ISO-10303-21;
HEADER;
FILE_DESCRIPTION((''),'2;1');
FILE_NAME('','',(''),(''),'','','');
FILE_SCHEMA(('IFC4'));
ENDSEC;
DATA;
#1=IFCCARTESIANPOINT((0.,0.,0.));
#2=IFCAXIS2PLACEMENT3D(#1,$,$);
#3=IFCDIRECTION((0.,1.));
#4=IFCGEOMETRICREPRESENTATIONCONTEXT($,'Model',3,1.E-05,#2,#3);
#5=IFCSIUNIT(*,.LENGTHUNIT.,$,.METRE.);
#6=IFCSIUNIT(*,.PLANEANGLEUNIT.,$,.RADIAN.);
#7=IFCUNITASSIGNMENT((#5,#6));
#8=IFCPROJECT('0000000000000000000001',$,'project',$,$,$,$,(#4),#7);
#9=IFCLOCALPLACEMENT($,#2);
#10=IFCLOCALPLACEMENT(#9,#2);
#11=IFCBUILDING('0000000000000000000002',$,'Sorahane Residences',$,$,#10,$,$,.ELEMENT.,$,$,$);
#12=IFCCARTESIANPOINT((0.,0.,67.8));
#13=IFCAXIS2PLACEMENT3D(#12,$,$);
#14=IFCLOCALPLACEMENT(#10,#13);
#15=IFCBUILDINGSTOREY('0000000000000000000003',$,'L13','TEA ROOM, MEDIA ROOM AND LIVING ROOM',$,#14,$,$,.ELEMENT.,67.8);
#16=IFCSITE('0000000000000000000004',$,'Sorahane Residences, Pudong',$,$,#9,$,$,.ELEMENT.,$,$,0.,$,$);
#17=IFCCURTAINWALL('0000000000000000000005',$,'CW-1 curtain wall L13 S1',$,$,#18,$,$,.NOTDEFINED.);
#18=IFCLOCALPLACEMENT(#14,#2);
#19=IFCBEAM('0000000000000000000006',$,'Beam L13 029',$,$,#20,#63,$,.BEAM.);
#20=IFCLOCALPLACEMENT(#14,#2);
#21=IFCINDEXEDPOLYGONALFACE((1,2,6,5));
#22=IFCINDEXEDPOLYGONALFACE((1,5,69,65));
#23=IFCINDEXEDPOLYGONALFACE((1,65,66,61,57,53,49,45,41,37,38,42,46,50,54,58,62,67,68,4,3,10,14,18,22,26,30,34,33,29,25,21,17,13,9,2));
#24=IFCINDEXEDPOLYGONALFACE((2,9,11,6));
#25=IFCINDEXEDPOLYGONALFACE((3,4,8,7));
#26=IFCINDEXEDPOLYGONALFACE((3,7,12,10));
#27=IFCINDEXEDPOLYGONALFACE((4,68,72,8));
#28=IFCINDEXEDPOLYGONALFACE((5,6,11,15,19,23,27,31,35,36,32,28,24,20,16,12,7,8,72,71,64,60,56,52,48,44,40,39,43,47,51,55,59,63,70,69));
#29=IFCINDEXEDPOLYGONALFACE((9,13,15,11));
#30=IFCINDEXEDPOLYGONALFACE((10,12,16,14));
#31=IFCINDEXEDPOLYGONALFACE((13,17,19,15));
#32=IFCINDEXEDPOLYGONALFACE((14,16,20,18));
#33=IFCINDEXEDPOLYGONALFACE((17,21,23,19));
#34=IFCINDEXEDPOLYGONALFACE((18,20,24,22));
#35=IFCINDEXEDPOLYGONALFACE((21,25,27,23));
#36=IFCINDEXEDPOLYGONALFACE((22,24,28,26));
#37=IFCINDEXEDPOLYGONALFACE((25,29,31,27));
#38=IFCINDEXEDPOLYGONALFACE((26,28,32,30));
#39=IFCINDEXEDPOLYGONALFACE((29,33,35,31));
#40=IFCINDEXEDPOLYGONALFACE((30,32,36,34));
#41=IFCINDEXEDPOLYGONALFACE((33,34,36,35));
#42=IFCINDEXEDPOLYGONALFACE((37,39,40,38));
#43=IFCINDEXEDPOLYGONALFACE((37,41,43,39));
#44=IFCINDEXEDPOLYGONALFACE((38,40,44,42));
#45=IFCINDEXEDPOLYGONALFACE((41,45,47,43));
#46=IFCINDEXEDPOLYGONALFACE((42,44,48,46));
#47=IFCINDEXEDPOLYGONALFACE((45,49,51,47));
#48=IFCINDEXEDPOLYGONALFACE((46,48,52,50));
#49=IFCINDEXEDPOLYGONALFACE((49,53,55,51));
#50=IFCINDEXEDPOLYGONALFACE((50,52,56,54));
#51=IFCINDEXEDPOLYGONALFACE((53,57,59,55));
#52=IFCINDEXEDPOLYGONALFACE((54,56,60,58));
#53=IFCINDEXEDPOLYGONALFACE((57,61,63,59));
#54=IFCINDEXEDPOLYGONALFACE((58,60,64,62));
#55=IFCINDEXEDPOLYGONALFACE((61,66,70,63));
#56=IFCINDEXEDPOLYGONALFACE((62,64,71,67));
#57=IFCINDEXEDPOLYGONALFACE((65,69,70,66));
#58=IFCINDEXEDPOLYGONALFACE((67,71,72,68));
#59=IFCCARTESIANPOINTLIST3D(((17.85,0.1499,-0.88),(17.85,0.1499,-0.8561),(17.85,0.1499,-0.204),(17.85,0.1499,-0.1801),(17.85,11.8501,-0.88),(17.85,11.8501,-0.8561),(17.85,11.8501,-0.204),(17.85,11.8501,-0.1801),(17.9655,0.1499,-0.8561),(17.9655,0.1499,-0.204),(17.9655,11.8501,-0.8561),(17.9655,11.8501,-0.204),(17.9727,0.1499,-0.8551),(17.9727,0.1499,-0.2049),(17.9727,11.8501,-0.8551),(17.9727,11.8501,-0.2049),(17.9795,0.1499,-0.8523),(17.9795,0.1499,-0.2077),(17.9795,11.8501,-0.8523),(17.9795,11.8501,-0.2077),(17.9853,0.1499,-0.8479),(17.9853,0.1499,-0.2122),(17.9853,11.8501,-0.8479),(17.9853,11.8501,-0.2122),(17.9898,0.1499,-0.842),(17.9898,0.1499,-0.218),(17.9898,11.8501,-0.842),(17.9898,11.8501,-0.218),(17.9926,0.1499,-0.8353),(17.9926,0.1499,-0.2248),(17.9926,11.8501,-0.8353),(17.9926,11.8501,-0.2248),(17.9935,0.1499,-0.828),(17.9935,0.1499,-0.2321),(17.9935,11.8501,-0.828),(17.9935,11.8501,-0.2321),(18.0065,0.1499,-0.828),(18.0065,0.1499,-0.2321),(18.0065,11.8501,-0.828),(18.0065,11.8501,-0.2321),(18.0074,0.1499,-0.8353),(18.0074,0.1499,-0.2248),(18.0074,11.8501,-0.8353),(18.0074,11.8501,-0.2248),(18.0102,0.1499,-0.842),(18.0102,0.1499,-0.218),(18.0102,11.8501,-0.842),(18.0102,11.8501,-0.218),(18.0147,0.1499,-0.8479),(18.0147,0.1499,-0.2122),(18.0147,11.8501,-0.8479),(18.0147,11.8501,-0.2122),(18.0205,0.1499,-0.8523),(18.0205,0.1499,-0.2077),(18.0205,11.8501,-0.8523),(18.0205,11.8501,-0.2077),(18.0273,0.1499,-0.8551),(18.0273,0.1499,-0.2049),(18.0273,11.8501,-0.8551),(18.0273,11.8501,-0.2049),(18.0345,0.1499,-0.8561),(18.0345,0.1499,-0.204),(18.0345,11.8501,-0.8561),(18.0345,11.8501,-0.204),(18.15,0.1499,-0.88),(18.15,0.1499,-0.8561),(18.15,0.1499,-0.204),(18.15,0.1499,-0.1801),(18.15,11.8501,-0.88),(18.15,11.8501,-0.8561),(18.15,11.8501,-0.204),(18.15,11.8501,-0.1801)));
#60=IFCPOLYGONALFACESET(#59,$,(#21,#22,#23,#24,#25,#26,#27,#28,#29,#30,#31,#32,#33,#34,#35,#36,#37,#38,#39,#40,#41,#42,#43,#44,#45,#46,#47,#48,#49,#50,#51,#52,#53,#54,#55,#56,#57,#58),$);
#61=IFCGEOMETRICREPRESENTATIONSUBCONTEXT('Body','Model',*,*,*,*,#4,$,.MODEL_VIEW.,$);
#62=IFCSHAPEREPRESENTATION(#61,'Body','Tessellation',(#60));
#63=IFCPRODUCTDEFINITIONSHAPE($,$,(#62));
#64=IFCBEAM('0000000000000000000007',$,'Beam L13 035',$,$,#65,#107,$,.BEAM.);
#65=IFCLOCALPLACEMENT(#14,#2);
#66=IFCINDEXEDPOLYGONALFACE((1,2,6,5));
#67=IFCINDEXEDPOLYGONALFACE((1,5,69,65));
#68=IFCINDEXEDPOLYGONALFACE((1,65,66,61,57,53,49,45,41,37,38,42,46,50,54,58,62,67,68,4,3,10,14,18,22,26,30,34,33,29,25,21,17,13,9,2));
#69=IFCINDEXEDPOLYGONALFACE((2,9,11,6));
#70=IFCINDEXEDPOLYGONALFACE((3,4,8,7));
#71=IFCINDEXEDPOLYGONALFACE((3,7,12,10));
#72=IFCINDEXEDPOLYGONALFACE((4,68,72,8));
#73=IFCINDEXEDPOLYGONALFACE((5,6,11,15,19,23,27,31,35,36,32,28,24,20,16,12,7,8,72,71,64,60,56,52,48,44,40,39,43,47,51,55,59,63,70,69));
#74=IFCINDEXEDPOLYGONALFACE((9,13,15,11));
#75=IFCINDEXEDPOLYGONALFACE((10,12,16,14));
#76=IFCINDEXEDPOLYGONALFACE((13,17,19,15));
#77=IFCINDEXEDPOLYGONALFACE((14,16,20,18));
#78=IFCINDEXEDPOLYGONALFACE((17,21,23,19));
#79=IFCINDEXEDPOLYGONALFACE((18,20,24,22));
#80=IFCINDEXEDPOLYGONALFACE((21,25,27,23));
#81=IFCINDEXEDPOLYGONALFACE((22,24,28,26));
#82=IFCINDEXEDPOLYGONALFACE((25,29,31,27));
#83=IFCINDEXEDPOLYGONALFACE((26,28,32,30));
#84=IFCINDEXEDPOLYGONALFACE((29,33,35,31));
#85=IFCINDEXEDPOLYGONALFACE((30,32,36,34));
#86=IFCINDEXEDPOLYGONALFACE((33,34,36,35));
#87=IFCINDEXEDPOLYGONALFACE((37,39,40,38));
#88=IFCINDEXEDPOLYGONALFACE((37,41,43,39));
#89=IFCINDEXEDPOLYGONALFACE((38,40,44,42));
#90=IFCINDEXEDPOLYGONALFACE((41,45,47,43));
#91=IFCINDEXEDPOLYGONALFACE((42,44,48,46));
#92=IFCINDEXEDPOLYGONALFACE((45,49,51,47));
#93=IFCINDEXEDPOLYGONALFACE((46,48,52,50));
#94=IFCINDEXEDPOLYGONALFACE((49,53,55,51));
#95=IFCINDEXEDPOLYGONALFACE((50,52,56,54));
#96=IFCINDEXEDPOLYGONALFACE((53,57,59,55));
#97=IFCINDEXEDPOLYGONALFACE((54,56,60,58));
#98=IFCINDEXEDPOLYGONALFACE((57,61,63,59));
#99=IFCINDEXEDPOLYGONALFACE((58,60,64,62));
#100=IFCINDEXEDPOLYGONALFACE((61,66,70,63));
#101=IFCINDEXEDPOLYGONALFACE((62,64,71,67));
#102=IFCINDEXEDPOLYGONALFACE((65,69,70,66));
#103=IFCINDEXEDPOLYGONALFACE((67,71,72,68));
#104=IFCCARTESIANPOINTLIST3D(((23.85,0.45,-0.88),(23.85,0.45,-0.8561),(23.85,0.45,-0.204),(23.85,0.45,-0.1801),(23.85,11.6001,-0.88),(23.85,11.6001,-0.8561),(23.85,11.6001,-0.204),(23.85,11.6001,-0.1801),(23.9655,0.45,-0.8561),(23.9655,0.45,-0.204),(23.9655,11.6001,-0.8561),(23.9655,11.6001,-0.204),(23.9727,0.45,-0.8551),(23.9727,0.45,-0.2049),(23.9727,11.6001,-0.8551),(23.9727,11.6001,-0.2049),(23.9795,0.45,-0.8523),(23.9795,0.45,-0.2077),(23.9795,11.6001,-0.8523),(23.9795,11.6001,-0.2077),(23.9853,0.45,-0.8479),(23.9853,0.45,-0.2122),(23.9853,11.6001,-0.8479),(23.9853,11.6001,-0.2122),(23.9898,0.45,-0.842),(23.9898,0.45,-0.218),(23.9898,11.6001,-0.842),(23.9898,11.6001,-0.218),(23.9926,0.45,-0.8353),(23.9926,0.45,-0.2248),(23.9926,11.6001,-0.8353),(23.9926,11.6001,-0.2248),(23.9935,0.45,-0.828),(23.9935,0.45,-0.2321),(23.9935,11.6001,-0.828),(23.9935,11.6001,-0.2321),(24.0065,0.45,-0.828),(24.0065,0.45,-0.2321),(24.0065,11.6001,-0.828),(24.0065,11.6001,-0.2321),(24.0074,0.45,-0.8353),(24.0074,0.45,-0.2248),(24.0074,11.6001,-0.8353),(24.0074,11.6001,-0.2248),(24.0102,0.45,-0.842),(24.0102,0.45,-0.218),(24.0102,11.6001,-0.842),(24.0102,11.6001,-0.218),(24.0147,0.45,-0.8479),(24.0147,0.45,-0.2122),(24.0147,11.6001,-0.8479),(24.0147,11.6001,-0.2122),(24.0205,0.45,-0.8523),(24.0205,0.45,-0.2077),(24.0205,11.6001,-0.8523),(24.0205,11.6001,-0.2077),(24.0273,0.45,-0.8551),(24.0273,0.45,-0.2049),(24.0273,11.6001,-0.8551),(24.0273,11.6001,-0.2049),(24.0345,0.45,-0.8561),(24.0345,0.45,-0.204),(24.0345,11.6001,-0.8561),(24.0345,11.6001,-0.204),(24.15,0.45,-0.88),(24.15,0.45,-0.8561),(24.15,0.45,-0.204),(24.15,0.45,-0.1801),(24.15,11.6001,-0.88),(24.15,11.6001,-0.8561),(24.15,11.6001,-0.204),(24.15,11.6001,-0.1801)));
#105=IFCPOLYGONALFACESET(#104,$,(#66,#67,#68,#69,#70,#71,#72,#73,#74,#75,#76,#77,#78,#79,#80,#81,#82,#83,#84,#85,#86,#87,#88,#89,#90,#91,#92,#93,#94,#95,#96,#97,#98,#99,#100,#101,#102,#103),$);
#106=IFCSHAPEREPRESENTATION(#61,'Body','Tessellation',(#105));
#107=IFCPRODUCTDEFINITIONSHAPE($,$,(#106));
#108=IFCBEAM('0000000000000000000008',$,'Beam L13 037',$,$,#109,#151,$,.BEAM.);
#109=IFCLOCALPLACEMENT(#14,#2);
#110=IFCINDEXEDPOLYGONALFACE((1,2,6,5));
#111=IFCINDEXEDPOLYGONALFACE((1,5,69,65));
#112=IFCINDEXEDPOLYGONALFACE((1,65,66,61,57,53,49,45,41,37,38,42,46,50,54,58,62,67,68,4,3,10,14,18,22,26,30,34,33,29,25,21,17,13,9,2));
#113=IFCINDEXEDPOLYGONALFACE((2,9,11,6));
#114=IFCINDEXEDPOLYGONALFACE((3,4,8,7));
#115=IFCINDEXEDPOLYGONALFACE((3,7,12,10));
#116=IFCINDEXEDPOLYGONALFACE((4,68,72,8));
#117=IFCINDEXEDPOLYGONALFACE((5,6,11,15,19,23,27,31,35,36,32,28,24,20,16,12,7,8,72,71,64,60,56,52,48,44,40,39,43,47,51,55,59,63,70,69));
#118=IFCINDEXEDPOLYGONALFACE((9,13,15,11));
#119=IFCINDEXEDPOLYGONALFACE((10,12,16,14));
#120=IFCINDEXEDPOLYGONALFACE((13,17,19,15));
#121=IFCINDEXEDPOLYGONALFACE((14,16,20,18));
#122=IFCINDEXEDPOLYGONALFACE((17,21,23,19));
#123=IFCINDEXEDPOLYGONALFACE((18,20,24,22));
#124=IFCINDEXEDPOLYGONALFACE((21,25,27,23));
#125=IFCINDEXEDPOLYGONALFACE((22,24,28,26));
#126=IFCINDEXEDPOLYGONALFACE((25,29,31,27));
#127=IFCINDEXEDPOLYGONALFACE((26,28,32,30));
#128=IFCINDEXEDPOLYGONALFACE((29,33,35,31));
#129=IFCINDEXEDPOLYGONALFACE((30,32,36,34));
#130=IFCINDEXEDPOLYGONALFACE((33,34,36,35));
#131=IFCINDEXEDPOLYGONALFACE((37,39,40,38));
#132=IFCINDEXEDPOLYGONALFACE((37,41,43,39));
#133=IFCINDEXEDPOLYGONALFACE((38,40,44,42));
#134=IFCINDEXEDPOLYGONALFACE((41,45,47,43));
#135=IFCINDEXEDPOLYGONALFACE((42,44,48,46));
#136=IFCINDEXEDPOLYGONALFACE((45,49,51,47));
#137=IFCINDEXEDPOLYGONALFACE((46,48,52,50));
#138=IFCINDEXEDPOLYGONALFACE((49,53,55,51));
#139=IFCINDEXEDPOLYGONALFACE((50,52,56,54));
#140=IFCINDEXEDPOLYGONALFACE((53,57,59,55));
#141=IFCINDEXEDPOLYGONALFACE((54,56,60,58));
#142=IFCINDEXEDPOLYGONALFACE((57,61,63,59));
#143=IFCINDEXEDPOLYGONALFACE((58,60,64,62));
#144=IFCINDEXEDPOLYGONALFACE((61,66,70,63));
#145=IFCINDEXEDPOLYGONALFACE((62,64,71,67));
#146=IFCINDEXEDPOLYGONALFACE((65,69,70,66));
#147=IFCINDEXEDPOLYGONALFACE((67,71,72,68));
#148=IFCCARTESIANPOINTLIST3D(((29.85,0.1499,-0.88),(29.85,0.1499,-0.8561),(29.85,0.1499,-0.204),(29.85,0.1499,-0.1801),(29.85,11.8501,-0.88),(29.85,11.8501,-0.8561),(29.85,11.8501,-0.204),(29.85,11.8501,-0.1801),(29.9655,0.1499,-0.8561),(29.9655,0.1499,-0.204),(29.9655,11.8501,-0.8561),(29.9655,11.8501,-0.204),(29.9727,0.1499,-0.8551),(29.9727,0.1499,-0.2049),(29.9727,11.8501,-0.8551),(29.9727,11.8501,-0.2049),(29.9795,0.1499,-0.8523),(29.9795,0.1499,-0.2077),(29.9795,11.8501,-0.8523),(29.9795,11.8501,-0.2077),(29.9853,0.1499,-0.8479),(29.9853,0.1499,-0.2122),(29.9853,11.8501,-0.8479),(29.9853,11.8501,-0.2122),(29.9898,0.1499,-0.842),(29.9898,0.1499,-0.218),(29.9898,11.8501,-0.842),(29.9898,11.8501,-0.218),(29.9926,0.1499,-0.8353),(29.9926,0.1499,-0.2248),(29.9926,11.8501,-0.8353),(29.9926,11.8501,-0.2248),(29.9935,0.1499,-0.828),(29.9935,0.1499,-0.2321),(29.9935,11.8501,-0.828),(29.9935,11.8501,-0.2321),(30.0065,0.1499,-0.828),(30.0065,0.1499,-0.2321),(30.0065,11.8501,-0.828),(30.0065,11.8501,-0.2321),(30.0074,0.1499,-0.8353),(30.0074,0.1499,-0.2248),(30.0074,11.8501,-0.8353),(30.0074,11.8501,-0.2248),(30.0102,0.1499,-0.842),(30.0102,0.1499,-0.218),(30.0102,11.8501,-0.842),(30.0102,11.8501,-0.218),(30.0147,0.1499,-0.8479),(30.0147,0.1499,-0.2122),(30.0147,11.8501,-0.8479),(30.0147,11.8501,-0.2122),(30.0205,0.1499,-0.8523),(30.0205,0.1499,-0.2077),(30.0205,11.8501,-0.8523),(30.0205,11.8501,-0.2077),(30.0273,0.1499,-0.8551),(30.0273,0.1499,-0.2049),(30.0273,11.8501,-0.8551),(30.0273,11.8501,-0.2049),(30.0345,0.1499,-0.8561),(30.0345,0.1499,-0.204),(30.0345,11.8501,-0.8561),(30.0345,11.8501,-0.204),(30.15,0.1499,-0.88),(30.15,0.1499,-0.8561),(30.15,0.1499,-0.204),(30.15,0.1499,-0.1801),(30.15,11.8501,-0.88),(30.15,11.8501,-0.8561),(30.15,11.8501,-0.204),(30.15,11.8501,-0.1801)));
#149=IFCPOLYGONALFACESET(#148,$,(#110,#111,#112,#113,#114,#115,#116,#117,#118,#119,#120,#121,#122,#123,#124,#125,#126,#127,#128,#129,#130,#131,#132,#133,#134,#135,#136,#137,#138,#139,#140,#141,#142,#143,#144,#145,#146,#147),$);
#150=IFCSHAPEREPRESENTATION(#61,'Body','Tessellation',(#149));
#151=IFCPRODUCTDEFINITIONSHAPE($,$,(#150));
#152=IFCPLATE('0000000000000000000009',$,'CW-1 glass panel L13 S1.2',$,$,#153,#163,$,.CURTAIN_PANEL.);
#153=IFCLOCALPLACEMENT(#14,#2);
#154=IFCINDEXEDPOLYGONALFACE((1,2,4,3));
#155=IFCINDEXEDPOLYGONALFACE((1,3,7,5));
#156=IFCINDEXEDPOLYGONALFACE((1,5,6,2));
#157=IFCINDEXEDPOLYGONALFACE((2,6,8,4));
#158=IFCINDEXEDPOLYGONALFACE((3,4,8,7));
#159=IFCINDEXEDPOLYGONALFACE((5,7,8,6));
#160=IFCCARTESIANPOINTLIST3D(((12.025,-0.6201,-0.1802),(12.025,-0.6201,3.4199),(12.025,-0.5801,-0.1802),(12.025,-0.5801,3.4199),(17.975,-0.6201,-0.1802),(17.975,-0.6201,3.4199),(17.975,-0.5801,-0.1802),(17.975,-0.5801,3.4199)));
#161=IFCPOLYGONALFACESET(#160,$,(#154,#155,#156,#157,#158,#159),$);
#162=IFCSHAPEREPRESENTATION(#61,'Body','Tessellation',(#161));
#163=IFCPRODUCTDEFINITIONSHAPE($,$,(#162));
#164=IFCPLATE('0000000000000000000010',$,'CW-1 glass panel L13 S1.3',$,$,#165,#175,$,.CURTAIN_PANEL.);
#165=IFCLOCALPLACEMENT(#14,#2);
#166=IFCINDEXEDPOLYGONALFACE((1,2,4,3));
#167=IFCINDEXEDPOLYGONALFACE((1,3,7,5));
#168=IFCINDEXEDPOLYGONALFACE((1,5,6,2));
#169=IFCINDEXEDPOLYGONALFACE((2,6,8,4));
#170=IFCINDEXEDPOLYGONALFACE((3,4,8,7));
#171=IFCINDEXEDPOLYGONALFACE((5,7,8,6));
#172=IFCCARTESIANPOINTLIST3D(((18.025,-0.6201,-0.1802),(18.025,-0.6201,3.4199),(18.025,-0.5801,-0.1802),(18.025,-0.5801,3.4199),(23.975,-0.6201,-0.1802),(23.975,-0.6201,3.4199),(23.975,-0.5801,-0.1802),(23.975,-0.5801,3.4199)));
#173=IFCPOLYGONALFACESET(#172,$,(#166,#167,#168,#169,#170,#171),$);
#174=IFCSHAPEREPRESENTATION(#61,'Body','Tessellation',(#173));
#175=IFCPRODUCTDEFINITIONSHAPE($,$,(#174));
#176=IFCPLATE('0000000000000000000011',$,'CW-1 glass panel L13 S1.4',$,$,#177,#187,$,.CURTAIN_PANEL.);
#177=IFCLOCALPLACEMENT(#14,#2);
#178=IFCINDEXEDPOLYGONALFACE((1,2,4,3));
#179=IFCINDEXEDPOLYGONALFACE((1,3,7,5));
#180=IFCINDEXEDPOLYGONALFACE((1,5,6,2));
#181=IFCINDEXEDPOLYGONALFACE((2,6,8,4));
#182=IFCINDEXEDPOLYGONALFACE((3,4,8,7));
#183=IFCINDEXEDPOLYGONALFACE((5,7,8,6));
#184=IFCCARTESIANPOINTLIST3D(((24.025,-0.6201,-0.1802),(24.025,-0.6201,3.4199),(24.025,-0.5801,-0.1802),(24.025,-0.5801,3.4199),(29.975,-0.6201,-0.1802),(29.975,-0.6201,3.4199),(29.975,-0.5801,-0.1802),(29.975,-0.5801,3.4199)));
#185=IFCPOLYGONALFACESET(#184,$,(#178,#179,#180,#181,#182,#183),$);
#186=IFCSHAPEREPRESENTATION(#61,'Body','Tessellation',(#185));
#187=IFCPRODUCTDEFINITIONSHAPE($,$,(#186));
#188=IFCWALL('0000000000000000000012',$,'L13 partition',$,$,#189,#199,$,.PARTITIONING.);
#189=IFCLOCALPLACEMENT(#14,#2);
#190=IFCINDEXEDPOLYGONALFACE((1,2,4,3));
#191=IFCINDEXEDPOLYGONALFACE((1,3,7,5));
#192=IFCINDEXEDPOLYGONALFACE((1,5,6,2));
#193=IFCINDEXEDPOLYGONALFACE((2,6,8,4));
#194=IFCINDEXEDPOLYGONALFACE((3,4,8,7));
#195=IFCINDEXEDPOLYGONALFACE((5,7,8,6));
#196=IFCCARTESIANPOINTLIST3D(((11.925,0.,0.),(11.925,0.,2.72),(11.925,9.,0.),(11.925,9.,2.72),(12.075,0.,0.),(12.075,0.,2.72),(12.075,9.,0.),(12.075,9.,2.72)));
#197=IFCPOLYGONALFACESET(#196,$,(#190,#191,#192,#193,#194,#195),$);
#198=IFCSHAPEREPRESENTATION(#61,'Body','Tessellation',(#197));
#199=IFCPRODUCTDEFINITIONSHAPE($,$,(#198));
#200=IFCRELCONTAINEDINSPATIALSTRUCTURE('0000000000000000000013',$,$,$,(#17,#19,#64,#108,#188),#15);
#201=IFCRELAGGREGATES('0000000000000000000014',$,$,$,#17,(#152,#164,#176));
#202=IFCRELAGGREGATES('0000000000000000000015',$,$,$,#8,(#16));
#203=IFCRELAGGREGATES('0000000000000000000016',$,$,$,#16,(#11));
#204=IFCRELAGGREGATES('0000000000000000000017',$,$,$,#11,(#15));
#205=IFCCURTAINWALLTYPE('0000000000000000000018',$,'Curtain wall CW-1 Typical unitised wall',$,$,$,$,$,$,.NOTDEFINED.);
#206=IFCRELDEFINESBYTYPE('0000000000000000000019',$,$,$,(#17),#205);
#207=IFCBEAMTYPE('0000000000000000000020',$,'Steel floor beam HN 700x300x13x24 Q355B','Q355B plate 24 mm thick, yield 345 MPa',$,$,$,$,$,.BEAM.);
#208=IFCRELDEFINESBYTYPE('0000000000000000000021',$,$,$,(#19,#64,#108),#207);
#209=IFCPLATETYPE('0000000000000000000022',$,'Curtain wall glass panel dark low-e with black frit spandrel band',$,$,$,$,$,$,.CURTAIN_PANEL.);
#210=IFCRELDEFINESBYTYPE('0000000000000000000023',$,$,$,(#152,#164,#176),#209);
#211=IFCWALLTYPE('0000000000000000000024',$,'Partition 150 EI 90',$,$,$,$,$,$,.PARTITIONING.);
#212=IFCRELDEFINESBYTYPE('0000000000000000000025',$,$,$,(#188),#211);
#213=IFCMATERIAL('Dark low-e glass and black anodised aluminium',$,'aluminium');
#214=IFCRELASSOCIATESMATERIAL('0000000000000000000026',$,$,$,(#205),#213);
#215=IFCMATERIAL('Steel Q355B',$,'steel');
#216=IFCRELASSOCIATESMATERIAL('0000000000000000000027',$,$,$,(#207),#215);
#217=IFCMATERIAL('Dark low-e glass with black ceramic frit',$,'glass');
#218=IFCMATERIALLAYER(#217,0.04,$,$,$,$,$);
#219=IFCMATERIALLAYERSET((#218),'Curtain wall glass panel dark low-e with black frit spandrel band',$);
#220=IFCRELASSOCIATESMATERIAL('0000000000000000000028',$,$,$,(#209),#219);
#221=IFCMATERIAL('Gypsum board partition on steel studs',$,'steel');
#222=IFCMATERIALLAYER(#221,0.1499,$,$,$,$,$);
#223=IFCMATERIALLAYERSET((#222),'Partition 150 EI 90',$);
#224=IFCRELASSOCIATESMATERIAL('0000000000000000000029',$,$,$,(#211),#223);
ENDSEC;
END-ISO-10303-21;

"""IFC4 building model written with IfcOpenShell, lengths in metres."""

from ifc_helpers import new_model, si_unit, direction, frame, frame_2d, origin, origin_2d, place, context, subcontext, project, spatial, rectangle, i_section, extrude, material, layer, layer_set, material_profile, profile_set, type_object, element, aggregate, save


model = new_model("IFC4")

# Units and contexts
model_context = context("Model", 3, precision=1e-05, world=origin(), true_north=direction((0.0, 1.0)))
body_context = subcontext(model_context, "Body", "Model", "MODEL_VIEW")
ifc_project = project(units=[si_unit("LENGTHUNIT", "METRE"), si_unit("PLANEANGLEUNIT", "RADIAN")], contexts=[model_context])

# Site, building, storey
site_placement = place(None, origin())
site = spatial("IfcSite", under=ifc_project, at=site_placement, Name="Sorahane Residences, Pudong", CompositionType="ELEMENT", RefElevation=0.0)
building_placement = place(site_placement, origin())
building = spatial("IfcBuilding", under=site, at=building_placement, Name="Sorahane Residences", CompositionType="ELEMENT")
storey_placement = place(building_placement, frame((0.0, 0.0, 67.8)))
storey = spatial("IfcBuildingStorey", under=building, at=storey_placement, Name="L13", Description="TEA ROOM, MEDIA ROOM AND LIVING ROOM", CompositionType="ELEMENT", Elevation=67.8)

# Curtain wall
ifc_material_1 = material(Name="Dark low-e glass and black anodised aluminium", Category="aluminium")
curtain_wall_type = type_object("IfcCurtainWallType", Name="Curtain wall CW-1 Typical unitised wall", PredefinedType="NOTDEFINED", material=ifc_material_1)
curtain_wall_placement = place(storey_placement, origin())
curtain_wall = element("IfcCurtainWall", 1, at=curtain_wall_placement, inside=storey, type_object=curtain_wall_type, Name="CW-1 curtain wall L13 S1", PredefinedType="NOTDEFINED")

# Beams
ifc_material_2 = material(Name="Steel Q355B", Category="steel")
ifc_material_profile_1 = material_profile(ifc_material_2, i_section(OverallWidth=0.3, OverallDepth=0.7, WebThickness=0.0129, FlangeThickness=0.0239, FilletRadius=0.0281, at=origin_2d()), Name="HN 700x300x13x24")
ifc_profile_set_1 = profile_set([ifc_material_profile_1], Name="Steel Q355B")
beam_type_1 = type_object("IfcBeamType", Name="Steel floor beam HN 700x300x13x24 Q355B", Description="Q355B plate 24 mm thick, yield 345 MPa", PredefinedType="BEAM", material=ifc_profile_set_1)
beam_1_placement = place(storey_placement, frame((18.0, 0.1499, -0.53), z_axis=(0.0, 1.0, 0.0), x_axis=(-1.0, 0.0, 0.0)))
element("IfcBeam", 2, at=beam_1_placement, inside=storey, type_object=beam_type_1, Name="Beam L13 029", PredefinedType="BEAM", context=body_context, shape_type="SweptSolid", body=[
    extrude(i_section(OverallWidth=0.3, OverallDepth=0.7, WebThickness=0.0129, FlangeThickness=0.0239, FilletRadius=0.0281, at=origin_2d()), origin(), (0.0, 0.0, 1.0), 11.7002),
])
beam_2_placement = place(storey_placement, frame((24.0, 0.45, -0.53), z_axis=(0.0, 1.0, 0.0), x_axis=(-1.0, 0.0, 0.0)))
element("IfcBeam", 3, at=beam_2_placement, inside=storey, type_object=beam_type_1, Name="Beam L13 035", PredefinedType="BEAM", context=body_context, shape_type="SweptSolid", body=[
    extrude(i_section(OverallWidth=0.3, OverallDepth=0.7, WebThickness=0.0129, FlangeThickness=0.0239, FilletRadius=0.0281, at=origin_2d()), origin(), (0.0, 0.0, 1.0), 11.1501),
])
beam_3_placement = place(storey_placement, frame((30.0, 0.1499, -0.53), z_axis=(0.0, 1.0, 0.0), x_axis=(-1.0, 0.0, 0.0)))
element("IfcBeam", 4, at=beam_3_placement, inside=storey, type_object=beam_type_1, Name="Beam L13 037", PredefinedType="BEAM", context=body_context, shape_type="SweptSolid", body=[
    extrude(i_section(OverallWidth=0.3, OverallDepth=0.7, WebThickness=0.0129, FlangeThickness=0.0239, FilletRadius=0.0281, at=origin_2d()), origin(), (0.0, 0.0, 1.0), 11.7002),
])

# Plates
ifc_material_3 = material(Name="Dark low-e glass with black ceramic frit", Category="glass")
ifc_layer_1 = layer(ifc_material_3, 0.04)
ifc_layer_set_1 = layer_set([ifc_layer_1], Name="Curtain wall glass panel dark low-e with black frit spandrel band")
plate_type = type_object("IfcPlateType", Name="Curtain wall glass panel dark low-e with black frit spandrel band", PredefinedType="CURTAIN_PANEL", material=ifc_layer_set_1)
plate_1_placement = place(storey_placement, frame((15.0, -0.6001, -0.1802), z_axis=(0.0, 0.0, 1.0), x_axis=(1.0, 0.0, 0.0)))
plate_1 = element("IfcPlate", 5, at=plate_1_placement, type_object=plate_type, Name="CW-1 glass panel L13 S1.2", PredefinedType="CURTAIN_PANEL", context=body_context, shape_type="SweptSolid", body=[
    extrude(rectangle(XDim=5.95, YDim=0.04, at=origin_2d()), origin(), (0.0, 0.0, 1.0), 3.6001),
])
plate_2_placement = place(storey_placement, frame((21.0, -0.6001, -0.1802), z_axis=(0.0, 0.0, 1.0), x_axis=(1.0, 0.0, 0.0)))
plate_2 = element("IfcPlate", 6, at=plate_2_placement, type_object=plate_type, Name="CW-1 glass panel L13 S1.3", PredefinedType="CURTAIN_PANEL", context=body_context, shape_type="SweptSolid", body=[
    extrude(rectangle(XDim=5.95, YDim=0.04, at=origin_2d()), origin(), (0.0, 0.0, 1.0), 3.6001),
])
plate_3_placement = place(storey_placement, frame((27.0, -0.6001, -0.1802), z_axis=(0.0, 0.0, 1.0), x_axis=(1.0, 0.0, 0.0)))
plate_3 = element("IfcPlate", 7, at=plate_3_placement, type_object=plate_type, Name="CW-1 glass panel L13 S1.4", PredefinedType="CURTAIN_PANEL", context=body_context, shape_type="SweptSolid", body=[
    extrude(rectangle(XDim=5.95, YDim=0.04, at=origin_2d()), origin(), (0.0, 0.0, 1.0), 3.6001),
])
aggregate(curtain_wall, [plate_1, plate_2, plate_3])

# Wall
ifc_material_4 = material(Name="Gypsum board partition on steel studs", Category="steel")
ifc_layer_2 = layer(ifc_material_4, 0.1499)
ifc_layer_set_2 = layer_set([ifc_layer_2], Name="Partition 150 EI 90")
wall_type_1 = type_object("IfcWallType", Name="Partition 150 EI 90", PredefinedType="PARTITIONING", material=ifc_layer_set_2)
for number, where, z_axis, x_axis, name in (
    (8, (12.0, 0.0, 0.0), (0.0, 0.0, 1.0), (0.0, 1.0, 0.0), "L13 partition"),
):
    element("IfcWall", number, at=place(storey_placement, frame(where, z_axis=z_axis, x_axis=x_axis)), inside=storey, type_object=wall_type_1, Name=name, PredefinedType="PARTITIONING", context=body_context, shape_type="SweptSolid", body=[
        extrude(rectangle(XDim=9.0, YDim=0.1499, at=frame_2d((4.5, 0.0))), origin(), (0.0, 0.0, 1.0), 2.72),
    ])

save(model, "model.ifc")
